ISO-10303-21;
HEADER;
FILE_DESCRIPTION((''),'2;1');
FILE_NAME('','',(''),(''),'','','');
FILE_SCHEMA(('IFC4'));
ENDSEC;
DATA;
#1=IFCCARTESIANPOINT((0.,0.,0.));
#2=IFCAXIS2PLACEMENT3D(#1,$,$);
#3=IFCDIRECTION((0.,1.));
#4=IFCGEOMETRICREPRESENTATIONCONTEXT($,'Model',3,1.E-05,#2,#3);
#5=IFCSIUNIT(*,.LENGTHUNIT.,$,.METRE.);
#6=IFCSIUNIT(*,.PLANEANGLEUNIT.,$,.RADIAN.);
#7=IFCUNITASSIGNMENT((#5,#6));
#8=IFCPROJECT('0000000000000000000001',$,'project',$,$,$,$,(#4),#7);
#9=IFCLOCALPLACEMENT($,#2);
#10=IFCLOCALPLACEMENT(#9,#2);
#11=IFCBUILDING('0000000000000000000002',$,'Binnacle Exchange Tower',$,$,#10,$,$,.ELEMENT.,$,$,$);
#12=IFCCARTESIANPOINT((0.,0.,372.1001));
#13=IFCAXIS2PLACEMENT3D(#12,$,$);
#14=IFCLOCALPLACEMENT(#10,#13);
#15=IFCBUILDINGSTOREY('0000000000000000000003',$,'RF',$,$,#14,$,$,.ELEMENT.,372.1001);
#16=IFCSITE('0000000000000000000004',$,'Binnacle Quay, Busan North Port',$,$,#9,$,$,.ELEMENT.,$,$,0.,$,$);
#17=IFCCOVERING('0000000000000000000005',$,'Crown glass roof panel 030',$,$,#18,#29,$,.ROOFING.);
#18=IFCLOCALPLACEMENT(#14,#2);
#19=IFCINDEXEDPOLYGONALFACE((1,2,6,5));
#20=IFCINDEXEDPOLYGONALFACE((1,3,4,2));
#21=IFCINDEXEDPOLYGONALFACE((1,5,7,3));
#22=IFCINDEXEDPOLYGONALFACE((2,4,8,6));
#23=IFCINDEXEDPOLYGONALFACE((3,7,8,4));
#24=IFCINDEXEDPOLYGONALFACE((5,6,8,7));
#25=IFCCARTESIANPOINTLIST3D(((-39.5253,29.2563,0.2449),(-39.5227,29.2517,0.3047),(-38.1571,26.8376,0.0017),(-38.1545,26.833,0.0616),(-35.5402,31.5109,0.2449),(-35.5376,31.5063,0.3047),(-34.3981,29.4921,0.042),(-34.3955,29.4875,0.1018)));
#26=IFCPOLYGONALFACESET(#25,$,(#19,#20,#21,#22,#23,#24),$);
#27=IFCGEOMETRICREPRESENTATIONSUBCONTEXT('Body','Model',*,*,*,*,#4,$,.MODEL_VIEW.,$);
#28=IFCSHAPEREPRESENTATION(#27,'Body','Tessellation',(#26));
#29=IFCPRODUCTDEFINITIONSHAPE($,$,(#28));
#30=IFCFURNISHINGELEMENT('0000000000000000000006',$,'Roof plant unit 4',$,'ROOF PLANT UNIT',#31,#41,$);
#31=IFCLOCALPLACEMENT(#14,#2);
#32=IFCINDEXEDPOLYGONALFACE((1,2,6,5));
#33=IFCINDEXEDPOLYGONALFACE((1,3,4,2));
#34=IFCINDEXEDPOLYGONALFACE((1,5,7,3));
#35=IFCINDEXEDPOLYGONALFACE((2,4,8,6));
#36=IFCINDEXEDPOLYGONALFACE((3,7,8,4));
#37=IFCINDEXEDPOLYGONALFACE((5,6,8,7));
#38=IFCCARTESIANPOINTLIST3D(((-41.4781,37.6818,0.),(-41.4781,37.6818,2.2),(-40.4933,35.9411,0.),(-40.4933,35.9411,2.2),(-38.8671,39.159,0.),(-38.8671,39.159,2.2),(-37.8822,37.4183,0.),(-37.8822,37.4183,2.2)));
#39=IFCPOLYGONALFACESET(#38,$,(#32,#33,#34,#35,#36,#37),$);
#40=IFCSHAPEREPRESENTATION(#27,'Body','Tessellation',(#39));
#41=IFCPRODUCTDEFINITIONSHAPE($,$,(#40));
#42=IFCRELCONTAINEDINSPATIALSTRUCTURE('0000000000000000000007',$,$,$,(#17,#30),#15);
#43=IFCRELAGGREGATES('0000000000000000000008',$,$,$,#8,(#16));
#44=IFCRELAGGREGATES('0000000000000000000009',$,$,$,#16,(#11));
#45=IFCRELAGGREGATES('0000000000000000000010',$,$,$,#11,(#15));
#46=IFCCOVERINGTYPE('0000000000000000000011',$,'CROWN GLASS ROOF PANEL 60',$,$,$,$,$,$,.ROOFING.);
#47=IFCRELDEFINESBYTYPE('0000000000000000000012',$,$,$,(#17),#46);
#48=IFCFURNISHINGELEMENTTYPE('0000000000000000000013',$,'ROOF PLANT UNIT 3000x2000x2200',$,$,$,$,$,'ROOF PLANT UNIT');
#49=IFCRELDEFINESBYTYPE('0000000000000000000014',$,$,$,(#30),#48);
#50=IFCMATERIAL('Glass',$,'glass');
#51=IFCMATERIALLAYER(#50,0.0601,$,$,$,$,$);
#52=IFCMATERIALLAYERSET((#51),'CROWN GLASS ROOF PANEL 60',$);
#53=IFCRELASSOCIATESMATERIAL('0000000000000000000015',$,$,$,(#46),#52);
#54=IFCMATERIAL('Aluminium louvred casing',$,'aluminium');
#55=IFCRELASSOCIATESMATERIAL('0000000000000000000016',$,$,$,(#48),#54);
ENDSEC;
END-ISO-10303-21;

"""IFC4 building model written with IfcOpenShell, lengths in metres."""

from ifc_helpers import new_model, si_unit, direction, frame, origin, origin_2d, place, context, subcontext, project, spatial, polyline, rectangle, outline, extrude, material, layer, layer_set, type_object, element, save


model = new_model("IFC4")

# Units and contexts
model_context = context("Model", 3, precision=1e-05, world=origin(), true_north=direction((0.0, 1.0)))
body_context = subcontext(model_context, "Body", "Model", "MODEL_VIEW")
ifc_project = project(units=[si_unit("LENGTHUNIT", "METRE"), si_unit("PLANEANGLEUNIT", "RADIAN")], contexts=[model_context])

# Site, building, storey
site_placement = place(None, origin())
site = spatial("IfcSite", under=ifc_project, at=site_placement, Name="Binnacle Quay, Busan North Port", CompositionType="ELEMENT", RefElevation=0.0)
building_placement = place(site_placement, origin())
building = spatial("IfcBuilding", under=site, at=building_placement, Name="Binnacle Exchange Tower", CompositionType="ELEMENT")
storey_placement = place(building_placement, frame((0.0, 0.0, 372.1001)))
storey = spatial("IfcBuildingStorey", under=building, at=storey_placement, Name="RF", CompositionType="ELEMENT", Elevation=372.1001)

# Covering
ifc_material_1 = material(Name="Glass", Category="glass")
ifc_layer = layer(ifc_material_1, 0.0601)
ifc_layer_set = layer_set([ifc_layer], Name="CROWN GLASS ROOF PANEL 60")
covering_type = type_object("IfcCoveringType", Name="CROWN GLASS ROOF PANEL 60", PredefinedType="ROOFING", material=ifc_layer_set)
covering_1_placement = place(storey_placement, frame((-39.5227, 29.2517, 0.3047), z_axis=(0.042908, -0.075862, 0.996195), x_axis=(0.870359, 0.492418, 0.00001)))
element("IfcCovering", 1, at=covering_1_placement, inside=storey, type_object=covering_type, Name="Crown glass roof panel 030", PredefinedType="ROOFING", context=body_context, shape_type="SweptSolid", body=[
    extrude(outline(polyline([(0.0, 0.0), (4.5787, 0.0), (4.5786, -2.3283), (-0.0002, -2.7895), (0.0, 0.0)])), origin(), (0.0, 0.0, -1.0), 0.0601),
])

# Furnishing element
ifc_material_2 = material(Name="Aluminium louvred casing", Category="aluminium")
furnishing_element_type = type_object("IfcFurnishingElementType", Name="ROOF PLANT UNIT 3000x2000x2200", ElementType="ROOF PLANT UNIT", material=ifc_material_2)
furnishing_placement = place(storey_placement, frame((-39.6802, 37.55, 0.0), z_axis=(0.0, 0.0, 1.0), x_axis=(0.870356, 0.492424, 0.0)))
element("IfcFurnishingElement", 2, at=furnishing_placement, inside=storey, type_object=furnishing_element_type, Name="Roof plant unit 4", ObjectType="ROOF PLANT UNIT", context=body_context, shape_type="SweptSolid", body=[
    extrude(rectangle(XDim=3.0, YDim=2.0, at=origin_2d()), origin(), (0.0, 0.0, 1.0), 2.2),
])

save(model, "model.ifc")
